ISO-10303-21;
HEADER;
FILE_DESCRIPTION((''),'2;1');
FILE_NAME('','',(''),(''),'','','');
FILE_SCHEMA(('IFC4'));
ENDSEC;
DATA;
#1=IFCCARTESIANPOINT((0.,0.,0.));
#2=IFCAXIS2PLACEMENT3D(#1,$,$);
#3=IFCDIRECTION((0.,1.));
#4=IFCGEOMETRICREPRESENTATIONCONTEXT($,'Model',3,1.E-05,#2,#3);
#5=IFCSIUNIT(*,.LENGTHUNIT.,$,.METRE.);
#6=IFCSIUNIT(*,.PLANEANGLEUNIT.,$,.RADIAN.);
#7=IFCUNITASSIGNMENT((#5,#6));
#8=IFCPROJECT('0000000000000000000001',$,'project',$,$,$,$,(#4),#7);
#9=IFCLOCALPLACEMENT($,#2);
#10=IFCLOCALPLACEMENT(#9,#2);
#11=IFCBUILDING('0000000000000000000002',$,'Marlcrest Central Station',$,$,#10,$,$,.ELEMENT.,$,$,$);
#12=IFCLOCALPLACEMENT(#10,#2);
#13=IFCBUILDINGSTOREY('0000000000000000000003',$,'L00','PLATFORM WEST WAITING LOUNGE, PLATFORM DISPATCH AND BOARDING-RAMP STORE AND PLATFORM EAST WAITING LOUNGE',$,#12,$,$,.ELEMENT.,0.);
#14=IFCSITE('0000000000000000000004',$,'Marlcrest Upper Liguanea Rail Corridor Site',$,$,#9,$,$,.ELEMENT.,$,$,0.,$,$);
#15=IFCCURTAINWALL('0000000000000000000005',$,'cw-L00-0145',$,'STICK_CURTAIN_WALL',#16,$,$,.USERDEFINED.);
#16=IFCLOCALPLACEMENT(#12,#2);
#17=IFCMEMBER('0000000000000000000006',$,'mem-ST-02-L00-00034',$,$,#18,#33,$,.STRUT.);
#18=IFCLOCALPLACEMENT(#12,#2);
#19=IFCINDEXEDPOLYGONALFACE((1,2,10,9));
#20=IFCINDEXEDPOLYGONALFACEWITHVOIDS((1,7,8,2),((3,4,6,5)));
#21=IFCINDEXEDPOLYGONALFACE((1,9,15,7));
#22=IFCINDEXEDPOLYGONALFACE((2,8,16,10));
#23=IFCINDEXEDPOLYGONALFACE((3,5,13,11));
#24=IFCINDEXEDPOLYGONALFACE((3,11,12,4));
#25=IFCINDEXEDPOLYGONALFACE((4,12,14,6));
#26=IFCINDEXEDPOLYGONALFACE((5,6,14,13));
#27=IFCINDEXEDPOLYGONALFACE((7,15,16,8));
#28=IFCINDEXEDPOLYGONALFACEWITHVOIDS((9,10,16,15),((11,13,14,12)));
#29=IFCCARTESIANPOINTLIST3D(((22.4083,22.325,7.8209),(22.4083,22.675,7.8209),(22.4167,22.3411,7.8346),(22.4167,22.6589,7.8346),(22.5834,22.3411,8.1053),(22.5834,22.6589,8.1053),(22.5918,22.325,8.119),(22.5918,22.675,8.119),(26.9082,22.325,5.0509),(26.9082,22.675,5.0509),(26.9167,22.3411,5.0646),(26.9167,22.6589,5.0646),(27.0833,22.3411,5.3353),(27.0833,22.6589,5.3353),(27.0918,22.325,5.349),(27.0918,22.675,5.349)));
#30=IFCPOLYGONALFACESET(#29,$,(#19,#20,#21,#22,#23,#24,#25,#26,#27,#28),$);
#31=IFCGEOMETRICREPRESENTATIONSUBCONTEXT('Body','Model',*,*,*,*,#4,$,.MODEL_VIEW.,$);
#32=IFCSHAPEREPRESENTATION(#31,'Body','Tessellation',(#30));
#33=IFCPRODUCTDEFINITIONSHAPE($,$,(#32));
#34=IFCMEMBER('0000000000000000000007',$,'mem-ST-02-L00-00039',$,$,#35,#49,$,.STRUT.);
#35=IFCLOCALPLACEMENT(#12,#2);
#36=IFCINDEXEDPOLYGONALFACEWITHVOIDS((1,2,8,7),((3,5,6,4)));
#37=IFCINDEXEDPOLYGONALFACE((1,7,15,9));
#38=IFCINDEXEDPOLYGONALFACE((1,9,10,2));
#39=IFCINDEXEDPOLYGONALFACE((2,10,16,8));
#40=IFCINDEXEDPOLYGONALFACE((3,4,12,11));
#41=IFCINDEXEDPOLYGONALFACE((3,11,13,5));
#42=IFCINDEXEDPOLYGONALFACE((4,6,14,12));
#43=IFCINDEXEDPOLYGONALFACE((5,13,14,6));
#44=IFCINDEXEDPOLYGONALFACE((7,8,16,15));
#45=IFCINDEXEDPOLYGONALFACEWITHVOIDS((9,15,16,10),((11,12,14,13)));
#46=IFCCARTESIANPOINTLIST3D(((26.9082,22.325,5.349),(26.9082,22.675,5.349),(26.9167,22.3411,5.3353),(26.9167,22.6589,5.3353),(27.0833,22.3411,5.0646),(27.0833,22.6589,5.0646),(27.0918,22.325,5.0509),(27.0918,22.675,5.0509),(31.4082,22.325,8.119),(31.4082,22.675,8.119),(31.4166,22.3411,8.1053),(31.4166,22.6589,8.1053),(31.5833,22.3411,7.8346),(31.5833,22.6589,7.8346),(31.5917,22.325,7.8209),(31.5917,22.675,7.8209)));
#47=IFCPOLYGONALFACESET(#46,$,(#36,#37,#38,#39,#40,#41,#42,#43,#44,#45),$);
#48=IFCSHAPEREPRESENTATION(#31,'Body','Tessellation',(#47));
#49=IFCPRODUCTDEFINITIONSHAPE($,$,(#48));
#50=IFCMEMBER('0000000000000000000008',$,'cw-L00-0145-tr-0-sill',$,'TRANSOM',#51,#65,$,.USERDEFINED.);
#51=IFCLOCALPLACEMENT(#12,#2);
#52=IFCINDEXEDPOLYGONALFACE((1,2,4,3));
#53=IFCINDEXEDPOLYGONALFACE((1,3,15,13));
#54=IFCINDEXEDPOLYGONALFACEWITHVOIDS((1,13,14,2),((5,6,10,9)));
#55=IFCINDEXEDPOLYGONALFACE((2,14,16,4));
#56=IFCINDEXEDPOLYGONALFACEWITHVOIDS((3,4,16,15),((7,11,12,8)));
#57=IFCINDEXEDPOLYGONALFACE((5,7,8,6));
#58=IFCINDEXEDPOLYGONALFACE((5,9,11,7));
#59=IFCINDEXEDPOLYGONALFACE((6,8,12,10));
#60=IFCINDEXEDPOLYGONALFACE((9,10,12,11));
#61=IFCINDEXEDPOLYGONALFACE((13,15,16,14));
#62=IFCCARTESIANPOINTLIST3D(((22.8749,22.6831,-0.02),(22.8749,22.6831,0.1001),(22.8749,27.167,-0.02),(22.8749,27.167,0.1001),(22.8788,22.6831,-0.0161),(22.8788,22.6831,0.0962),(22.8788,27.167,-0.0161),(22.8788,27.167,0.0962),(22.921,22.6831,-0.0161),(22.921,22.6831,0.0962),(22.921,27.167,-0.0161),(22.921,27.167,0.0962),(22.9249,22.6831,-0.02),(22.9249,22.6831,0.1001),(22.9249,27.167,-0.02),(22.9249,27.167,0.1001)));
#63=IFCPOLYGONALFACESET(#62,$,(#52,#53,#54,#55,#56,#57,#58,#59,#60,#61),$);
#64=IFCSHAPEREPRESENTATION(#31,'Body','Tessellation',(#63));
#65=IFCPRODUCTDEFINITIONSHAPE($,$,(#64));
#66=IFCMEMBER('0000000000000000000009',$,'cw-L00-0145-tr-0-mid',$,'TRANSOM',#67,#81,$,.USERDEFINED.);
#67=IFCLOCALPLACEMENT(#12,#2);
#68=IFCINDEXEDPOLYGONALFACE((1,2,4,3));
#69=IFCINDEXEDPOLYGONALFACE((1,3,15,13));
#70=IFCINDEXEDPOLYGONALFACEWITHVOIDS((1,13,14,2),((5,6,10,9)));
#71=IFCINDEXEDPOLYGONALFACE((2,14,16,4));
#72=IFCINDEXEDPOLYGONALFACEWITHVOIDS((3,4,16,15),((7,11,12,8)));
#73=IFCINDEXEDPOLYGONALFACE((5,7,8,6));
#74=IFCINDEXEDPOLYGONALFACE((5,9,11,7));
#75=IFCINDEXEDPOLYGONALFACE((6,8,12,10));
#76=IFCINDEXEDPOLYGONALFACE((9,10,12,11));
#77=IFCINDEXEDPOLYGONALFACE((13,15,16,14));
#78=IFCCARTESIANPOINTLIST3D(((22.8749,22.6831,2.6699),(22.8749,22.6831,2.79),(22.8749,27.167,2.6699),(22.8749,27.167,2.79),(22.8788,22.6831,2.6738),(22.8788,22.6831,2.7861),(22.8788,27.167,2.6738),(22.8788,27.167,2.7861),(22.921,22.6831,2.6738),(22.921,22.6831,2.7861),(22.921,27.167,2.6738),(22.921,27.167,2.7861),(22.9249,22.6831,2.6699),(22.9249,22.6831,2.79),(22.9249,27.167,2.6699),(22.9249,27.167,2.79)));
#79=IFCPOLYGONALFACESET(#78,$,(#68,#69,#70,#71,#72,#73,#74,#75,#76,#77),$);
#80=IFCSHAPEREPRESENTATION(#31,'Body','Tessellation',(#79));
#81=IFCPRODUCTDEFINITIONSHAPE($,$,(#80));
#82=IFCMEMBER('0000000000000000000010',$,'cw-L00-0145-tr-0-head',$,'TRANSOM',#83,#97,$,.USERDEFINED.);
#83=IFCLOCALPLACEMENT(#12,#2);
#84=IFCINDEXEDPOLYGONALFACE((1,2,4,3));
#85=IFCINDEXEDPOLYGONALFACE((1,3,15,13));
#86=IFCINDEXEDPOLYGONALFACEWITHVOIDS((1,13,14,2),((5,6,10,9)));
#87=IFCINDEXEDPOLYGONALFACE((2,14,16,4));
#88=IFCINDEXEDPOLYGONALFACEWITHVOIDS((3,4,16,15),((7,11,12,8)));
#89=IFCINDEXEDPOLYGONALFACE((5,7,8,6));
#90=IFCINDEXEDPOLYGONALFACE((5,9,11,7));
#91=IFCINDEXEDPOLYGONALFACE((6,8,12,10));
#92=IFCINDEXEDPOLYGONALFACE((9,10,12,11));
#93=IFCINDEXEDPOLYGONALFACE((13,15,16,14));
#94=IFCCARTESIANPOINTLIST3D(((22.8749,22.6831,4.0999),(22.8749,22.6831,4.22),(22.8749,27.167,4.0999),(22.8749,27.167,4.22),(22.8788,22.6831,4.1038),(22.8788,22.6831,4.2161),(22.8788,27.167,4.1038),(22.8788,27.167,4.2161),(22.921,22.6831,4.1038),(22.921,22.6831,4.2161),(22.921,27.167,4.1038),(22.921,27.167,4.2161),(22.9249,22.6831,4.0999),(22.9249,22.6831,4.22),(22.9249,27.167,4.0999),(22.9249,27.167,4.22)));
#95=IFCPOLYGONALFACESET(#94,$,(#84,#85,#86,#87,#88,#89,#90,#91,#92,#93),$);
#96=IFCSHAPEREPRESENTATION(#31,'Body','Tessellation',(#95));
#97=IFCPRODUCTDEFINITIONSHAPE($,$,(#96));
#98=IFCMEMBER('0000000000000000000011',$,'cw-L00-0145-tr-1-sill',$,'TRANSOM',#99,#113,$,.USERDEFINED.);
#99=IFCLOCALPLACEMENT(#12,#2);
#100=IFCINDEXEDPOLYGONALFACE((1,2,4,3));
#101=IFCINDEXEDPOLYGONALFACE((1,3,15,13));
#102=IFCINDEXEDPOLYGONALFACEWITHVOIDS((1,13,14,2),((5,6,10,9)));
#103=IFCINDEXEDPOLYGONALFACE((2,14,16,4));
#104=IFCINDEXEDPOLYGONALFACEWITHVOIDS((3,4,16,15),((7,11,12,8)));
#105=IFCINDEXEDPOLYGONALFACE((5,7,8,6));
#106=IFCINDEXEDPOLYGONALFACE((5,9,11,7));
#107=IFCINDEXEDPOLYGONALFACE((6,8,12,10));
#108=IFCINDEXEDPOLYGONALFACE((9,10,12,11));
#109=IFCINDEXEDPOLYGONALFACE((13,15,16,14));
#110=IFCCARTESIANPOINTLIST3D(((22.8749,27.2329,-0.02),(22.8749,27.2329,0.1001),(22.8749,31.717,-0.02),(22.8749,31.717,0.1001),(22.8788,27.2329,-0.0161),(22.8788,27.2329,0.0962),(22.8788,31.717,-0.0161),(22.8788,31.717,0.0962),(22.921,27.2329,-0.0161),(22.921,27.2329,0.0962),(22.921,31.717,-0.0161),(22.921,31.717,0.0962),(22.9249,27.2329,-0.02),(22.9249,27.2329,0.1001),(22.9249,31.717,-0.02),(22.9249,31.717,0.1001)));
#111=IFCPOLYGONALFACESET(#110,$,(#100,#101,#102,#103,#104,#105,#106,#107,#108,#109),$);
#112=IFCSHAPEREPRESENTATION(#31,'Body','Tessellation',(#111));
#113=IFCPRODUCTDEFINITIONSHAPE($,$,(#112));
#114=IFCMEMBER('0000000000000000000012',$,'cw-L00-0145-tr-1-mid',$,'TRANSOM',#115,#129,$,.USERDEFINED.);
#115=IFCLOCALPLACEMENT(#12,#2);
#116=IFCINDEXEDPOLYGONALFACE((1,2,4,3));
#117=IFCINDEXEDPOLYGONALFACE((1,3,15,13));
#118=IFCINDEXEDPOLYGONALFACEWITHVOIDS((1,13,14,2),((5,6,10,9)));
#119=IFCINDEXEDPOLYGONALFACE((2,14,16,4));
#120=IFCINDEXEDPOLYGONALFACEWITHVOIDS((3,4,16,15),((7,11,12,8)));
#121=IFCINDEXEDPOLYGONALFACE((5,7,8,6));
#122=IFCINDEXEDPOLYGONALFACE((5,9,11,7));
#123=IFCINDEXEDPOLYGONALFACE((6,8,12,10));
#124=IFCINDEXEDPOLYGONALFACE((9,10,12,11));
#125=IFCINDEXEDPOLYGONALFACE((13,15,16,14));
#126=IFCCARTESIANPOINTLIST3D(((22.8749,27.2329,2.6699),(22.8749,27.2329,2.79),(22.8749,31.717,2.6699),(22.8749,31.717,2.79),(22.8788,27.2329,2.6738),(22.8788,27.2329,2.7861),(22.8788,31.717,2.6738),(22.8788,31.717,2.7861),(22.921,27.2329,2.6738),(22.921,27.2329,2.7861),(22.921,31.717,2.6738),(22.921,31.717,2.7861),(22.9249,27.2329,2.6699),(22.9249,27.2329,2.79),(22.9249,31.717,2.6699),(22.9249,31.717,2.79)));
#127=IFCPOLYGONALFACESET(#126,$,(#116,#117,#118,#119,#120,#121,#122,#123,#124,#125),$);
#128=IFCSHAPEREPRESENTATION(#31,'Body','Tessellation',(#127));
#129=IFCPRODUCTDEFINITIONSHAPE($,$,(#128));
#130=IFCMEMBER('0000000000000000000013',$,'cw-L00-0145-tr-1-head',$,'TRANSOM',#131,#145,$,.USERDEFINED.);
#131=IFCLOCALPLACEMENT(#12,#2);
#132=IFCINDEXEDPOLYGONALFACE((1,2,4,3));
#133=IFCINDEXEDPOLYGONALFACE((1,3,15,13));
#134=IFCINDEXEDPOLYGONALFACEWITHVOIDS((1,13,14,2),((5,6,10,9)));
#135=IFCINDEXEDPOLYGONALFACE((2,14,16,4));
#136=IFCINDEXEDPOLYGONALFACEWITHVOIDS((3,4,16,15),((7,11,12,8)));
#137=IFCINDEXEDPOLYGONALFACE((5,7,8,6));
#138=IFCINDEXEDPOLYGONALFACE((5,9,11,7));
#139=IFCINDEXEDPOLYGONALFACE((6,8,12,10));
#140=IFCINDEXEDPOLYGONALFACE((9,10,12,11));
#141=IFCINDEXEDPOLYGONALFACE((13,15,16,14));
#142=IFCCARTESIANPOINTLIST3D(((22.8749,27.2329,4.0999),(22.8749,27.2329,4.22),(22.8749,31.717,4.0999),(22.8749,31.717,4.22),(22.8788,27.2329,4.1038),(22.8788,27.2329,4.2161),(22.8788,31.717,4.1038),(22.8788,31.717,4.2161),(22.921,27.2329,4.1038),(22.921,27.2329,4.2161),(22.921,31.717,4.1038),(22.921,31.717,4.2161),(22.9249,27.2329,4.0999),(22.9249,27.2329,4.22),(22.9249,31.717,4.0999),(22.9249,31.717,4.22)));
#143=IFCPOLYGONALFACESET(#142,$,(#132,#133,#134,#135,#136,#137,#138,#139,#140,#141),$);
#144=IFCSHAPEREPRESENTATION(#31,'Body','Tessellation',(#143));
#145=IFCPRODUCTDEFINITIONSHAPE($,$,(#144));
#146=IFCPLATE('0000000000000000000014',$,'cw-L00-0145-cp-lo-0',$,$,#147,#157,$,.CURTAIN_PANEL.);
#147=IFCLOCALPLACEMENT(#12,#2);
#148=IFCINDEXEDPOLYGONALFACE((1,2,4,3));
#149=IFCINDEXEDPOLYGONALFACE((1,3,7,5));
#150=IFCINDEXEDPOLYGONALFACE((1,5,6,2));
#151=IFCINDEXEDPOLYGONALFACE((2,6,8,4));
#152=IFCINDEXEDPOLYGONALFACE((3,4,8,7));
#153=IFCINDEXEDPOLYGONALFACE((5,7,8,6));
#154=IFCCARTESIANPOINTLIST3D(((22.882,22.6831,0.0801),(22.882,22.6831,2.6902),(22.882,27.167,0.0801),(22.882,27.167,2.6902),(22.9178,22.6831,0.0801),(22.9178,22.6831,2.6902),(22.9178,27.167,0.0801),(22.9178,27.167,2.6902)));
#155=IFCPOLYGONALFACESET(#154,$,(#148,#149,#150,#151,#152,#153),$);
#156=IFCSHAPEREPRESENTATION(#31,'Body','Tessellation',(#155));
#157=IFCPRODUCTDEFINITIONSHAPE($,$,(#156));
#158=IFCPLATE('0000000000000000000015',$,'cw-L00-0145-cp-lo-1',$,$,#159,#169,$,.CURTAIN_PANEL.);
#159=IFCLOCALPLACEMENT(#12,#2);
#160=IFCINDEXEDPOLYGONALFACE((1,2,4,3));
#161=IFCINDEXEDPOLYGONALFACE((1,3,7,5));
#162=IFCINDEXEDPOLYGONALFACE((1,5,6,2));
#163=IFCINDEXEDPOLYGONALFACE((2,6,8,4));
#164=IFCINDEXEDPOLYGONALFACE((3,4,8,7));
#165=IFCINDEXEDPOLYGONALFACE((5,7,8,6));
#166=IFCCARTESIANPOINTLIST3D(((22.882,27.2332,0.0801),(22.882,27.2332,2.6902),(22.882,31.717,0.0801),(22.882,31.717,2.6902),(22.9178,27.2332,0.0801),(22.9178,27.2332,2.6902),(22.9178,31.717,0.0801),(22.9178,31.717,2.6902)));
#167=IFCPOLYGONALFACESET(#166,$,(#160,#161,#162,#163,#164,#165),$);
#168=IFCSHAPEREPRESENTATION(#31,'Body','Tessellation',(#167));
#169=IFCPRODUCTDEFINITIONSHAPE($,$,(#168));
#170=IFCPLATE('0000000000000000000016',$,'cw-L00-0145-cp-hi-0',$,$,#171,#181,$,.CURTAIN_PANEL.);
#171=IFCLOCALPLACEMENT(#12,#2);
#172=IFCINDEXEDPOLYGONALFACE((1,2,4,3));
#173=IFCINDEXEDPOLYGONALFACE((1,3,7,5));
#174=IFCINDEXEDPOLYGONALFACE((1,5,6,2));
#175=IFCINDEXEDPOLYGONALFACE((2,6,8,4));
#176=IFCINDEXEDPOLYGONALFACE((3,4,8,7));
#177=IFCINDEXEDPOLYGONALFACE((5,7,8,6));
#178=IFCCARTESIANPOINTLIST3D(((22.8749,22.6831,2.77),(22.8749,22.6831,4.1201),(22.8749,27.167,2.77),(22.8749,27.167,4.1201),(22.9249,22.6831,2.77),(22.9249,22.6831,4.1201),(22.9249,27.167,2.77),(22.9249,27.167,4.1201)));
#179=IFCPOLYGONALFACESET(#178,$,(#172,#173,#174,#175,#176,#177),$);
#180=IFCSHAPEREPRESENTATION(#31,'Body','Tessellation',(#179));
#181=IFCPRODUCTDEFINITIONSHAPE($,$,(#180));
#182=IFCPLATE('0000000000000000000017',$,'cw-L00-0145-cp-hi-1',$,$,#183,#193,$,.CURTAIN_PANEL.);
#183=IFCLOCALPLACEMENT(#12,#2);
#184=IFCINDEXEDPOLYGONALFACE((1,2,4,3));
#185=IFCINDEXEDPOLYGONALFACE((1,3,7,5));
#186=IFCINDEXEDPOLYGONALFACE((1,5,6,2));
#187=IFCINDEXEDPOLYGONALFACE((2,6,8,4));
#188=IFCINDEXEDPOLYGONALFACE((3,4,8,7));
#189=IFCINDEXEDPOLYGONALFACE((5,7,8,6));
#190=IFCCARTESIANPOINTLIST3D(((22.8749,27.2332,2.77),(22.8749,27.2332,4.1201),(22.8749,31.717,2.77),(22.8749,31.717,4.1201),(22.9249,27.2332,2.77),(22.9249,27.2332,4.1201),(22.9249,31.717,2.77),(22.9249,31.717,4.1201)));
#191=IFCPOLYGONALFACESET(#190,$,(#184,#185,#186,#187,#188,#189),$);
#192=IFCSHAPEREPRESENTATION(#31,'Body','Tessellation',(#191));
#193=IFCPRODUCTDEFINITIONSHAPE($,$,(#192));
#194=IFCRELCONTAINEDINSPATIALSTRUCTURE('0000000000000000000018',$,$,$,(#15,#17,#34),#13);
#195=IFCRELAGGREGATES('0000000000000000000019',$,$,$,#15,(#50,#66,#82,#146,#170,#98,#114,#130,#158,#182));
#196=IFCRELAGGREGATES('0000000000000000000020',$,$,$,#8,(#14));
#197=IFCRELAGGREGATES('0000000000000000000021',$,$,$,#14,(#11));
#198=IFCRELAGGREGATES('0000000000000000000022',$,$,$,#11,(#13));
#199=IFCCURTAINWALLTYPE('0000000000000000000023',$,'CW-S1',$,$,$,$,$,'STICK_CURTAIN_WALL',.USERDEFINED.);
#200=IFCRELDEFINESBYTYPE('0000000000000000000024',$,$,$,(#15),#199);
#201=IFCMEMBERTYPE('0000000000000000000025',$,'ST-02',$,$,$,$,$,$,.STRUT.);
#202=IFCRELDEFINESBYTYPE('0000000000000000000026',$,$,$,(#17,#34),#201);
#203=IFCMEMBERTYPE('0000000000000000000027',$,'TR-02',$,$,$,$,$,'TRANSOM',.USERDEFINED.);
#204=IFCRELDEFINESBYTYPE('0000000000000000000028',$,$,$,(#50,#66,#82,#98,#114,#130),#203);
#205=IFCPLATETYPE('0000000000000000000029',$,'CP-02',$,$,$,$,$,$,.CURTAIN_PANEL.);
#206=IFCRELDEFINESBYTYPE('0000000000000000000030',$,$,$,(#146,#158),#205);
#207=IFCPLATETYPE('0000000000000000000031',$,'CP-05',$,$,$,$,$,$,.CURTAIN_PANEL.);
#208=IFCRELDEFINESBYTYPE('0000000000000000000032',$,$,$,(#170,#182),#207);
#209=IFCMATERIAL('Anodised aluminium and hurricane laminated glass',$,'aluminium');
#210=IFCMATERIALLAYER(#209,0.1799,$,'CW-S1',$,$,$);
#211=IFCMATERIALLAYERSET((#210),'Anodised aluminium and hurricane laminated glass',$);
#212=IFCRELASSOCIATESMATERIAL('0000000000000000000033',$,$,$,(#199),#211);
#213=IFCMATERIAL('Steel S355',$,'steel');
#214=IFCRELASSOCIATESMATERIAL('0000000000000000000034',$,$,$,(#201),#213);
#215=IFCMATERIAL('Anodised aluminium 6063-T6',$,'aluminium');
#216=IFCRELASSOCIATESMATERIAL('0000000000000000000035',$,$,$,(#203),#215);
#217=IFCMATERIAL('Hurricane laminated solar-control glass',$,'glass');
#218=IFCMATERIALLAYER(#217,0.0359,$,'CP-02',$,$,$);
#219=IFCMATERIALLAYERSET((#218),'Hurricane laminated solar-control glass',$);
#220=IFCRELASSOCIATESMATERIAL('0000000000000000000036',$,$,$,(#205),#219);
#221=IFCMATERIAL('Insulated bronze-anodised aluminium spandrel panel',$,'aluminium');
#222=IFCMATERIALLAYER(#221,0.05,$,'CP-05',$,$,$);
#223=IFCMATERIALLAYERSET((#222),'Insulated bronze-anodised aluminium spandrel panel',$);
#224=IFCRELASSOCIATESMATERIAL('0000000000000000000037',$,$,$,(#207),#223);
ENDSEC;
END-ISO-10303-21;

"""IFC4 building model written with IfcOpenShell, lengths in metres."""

from ifc_helpers import new_model, si_unit, direction, frame, origin, origin_2d, place, context, subcontext, project, spatial, rectangle, hollow_rectangle, extrude, material, layer, layer_set, material_profile, profile_set, type_object, element, aggregate, save


model = new_model("IFC4")

# Units and contexts
model_context = context("Model", 3, precision=1e-05, world=origin(), true_north=direction((0.0, 1.0)))
body_context = subcontext(model_context, "Body", "Model", "MODEL_VIEW")
ifc_project = project(units=[si_unit("LENGTHUNIT", "METRE"), si_unit("PLANEANGLEUNIT", "RADIAN")], contexts=[model_context])

# Site, building, storey
site_placement = place(None, origin())
site = spatial("IfcSite", under=ifc_project, at=site_placement, Name="Marlcrest Upper Liguanea Rail Corridor Site", CompositionType="ELEMENT", RefElevation=0.0)
building_placement = place(site_placement, origin())
building = spatial("IfcBuilding", under=site, at=building_placement, Name="Marlcrest Central Station", CompositionType="ELEMENT")
storey_placement = place(building_placement, origin())
storey = spatial("IfcBuildingStorey", under=building, at=storey_placement, Name="L00", Description="PLATFORM WEST WAITING LOUNGE, PLATFORM DISPATCH AND BOARDING-RAMP STORE AND PLATFORM EAST WAITING LOUNGE", CompositionType="ELEMENT", Elevation=0.0)

# Curtain wall
ifc_material_1 = material(Name="Anodised aluminium and hurricane laminated glass", Category="aluminium")
ifc_layer_1 = layer(ifc_material_1, 0.1799, Name="CW-S1")
ifc_layer_set_1 = layer_set([ifc_layer_1], Name="Anodised aluminium and hurricane laminated glass")
curtain_wall_type = type_object("IfcCurtainWallType", Name="CW-S1", ElementType="STICK_CURTAIN_WALL", PredefinedType="USERDEFINED", material=ifc_layer_set_1)
curtain_wall_placement = place(storey_placement, origin())
curtain_wall = element("IfcCurtainWall", 1, at=curtain_wall_placement, inside=storey, type_object=curtain_wall_type, Name="cw-L00-0145", ObjectType="STICK_CURTAIN_WALL", PredefinedType="USERDEFINED")
ifc_material_2 = material(Name="Anodised aluminium 6063-T6", Category="aluminium")

# Members
ifc_material_3 = material(Name="Steel S355", Category="steel")
ifc_material_profile_1 = material_profile(ifc_material_3, hollow_rectangle(XDim=0.3501, YDim=0.3501, WallThickness=0.0161, at=origin_2d()), Name="SHS 350x350x16")
ifc_profile_set_1 = profile_set([ifc_material_profile_1], Name="Steel S355")
member_type_1 = type_object("IfcMemberType", Name="ST-02", PredefinedType="STRUT", material=ifc_profile_set_1)
for number, where, z_axis, x_axis, name in (
    (2, (27.0, 22.5, 5.2), (-0.851592, 0.0, 0.524206), (0.0, -1.0, 0.0), "mem-ST-02-L00-00034"),
    (3, (27.0, 22.5, 5.2), (0.851592, 0.0, 0.524206), (0.0, 1.0, 0.0), "mem-ST-02-L00-00039"),
):
    element("IfcMember", number, at=place(storey_placement, frame(where, z_axis=z_axis, x_axis=x_axis)), inside=storey, type_object=member_type_1, Name=name, PredefinedType="STRUT", context=body_context, shape_type="SweptSolid", body=[
        extrude(hollow_rectangle(XDim=0.3501, YDim=0.3501, WallThickness=0.0161, at=origin_2d()), origin(), (0.0, 0.0, 1.0), 5.2842),
    ])

# Members
ifc_material_profile_2 = material_profile(ifc_material_2, hollow_rectangle(XDim=0.05, YDim=0.1201, WallThickness=0.0039, at=origin_2d()), Name="AA-RHS 120x50x4")
ifc_profile_set_2 = profile_set([ifc_material_profile_2], Name="Anodised aluminium 6063-T6")
member_type_2 = type_object("IfcMemberType", Name="TR-02", ElementType="TRANSOM", PredefinedType="USERDEFINED", material=ifc_profile_set_2)
member_1_placement = place(storey_placement, frame((22.8999, 22.6831, 0.04), z_axis=(0.0, 1.0, 0.0), x_axis=(-1.0, 0.0, 0.0)))
member_1 = element("IfcMember", 4, at=member_1_placement, type_object=member_type_2, Name="cw-L00-0145-tr-0-sill", ObjectType="TRANSOM", PredefinedType="USERDEFINED", context=body_context, shape_type="SweptSolid", body=[
    extrude(hollow_rectangle(XDim=0.05, YDim=0.1201, WallThickness=0.0039, at=origin_2d()), origin(), (0.0, 0.0, 1.0), 4.4839),
])
member_2_placement = place(storey_placement, frame((22.8999, 22.6831, 2.73), z_axis=(0.0, 1.0, 0.0), x_axis=(-1.0, 0.0, 0.0)))
member_2 = element("IfcMember", 5, at=member_2_placement, type_object=member_type_2, Name="cw-L00-0145-tr-0-mid", ObjectType="TRANSOM", PredefinedType="USERDEFINED", context=body_context, shape_type="SweptSolid", body=[
    extrude(hollow_rectangle(XDim=0.05, YDim=0.1201, WallThickness=0.0039, at=origin_2d()), origin(), (0.0, 0.0, 1.0), 4.4839),
])
member_3_placement = place(storey_placement, frame((22.8999, 22.6831, 4.1599), z_axis=(0.0, 1.0, 0.0), x_axis=(-1.0, 0.0, 0.0)))
member_3 = element("IfcMember", 6, at=member_3_placement, type_object=member_type_2, Name="cw-L00-0145-tr-0-head", ObjectType="TRANSOM", PredefinedType="USERDEFINED", context=body_context, shape_type="SweptSolid", body=[
    extrude(hollow_rectangle(XDim=0.05, YDim=0.1201, WallThickness=0.0039, at=origin_2d()), origin(), (0.0, 0.0, 1.0), 4.4839),
])
member_4_placement = place(storey_placement, frame((22.8999, 27.2329, 0.04), z_axis=(0.0, 1.0, 0.0), x_axis=(-1.0, 0.0, 0.0)))
member_4 = element("IfcMember", 7, at=member_4_placement, type_object=member_type_2, Name="cw-L00-0145-tr-1-sill", ObjectType="TRANSOM", PredefinedType="USERDEFINED", context=body_context, shape_type="SweptSolid", body=[
    extrude(hollow_rectangle(XDim=0.05, YDim=0.1201, WallThickness=0.0039, at=origin_2d()), origin(), (0.0, 0.0, 1.0), 4.4841),
])
member_5_placement = place(storey_placement, frame((22.8999, 27.2329, 2.73), z_axis=(0.0, 1.0, 0.0), x_axis=(-1.0, 0.0, 0.0)))
member_5 = element("IfcMember", 8, at=member_5_placement, type_object=member_type_2, Name="cw-L00-0145-tr-1-mid", ObjectType="TRANSOM", PredefinedType="USERDEFINED", context=body_context, shape_type="SweptSolid", body=[
    extrude(hollow_rectangle(XDim=0.05, YDim=0.1201, WallThickness=0.0039, at=origin_2d()), origin(), (0.0, 0.0, 1.0), 4.4841),
])
member_6_placement = place(storey_placement, frame((22.8999, 27.2329, 4.1599), z_axis=(0.0, 1.0, 0.0), x_axis=(-1.0, 0.0, 0.0)))
member_6 = element("IfcMember", 9, at=member_6_placement, type_object=member_type_2, Name="cw-L00-0145-tr-1-head", ObjectType="TRANSOM", PredefinedType="USERDEFINED", context=body_context, shape_type="SweptSolid", body=[
    extrude(hollow_rectangle(XDim=0.05, YDim=0.1201, WallThickness=0.0039, at=origin_2d()), origin(), (0.0, 0.0, 1.0), 4.4841),
])

# Plates
ifc_material_4 = material(Name="Hurricane laminated solar-control glass", Category="glass")
ifc_layer_2 = layer(ifc_material_4, 0.0359, Name="CP-02")
ifc_layer_set_2 = layer_set([ifc_layer_2], Name="Hurricane laminated solar-control glass")
plate_type_1 = type_object("IfcPlateType", Name="CP-02", PredefinedType="CURTAIN_PANEL", material=ifc_layer_set_2)
plate_1_placement = place(storey_placement, frame((22.8999, 24.925, 0.0801), z_axis=(0.0, 0.0, 1.0), x_axis=(0.0, 1.0, 0.0)))
plate_1 = element("IfcPlate", 10, at=plate_1_placement, type_object=plate_type_1, Name="cw-L00-0145-cp-lo-0", PredefinedType="CURTAIN_PANEL", context=body_context, shape_type="SweptSolid", body=[
    extrude(rectangle(XDim=4.4839, YDim=0.0359, at=origin_2d()), origin(), (0.0, 0.0, 1.0), 2.6101),
])
plate_2_placement = place(storey_placement, frame((22.8999, 29.4751, 0.0801), z_axis=(0.0, 0.0, 1.0), x_axis=(0.0, 1.0, 0.0)))
plate_2 = element("IfcPlate", 11, at=plate_2_placement, type_object=plate_type_1, Name="cw-L00-0145-cp-lo-1", PredefinedType="CURTAIN_PANEL", context=body_context, shape_type="SweptSolid", body=[
    extrude(rectangle(XDim=4.4839, YDim=0.0359, at=origin_2d()), origin(), (0.0, 0.0, 1.0), 2.6101),
])
ifc_material_5 = material(Name="Insulated bronze-anodised aluminium spandrel panel", Category="aluminium")
ifc_layer_3 = layer(ifc_material_5, 0.05, Name="CP-05")
ifc_layer_set_3 = layer_set([ifc_layer_3], Name="Insulated bronze-anodised aluminium spandrel panel")
plate_type_2 = type_object("IfcPlateType", Name="CP-05", PredefinedType="CURTAIN_PANEL", material=ifc_layer_set_3)
plate_3_placement = place(storey_placement, frame((22.8999, 24.925, 2.77), z_axis=(0.0, 0.0, 1.0), x_axis=(0.0, 1.0, 0.0)))
plate_3 = element("IfcPlate", 12, at=plate_3_placement, type_object=plate_type_2, Name="cw-L00-0145-cp-hi-0", PredefinedType="CURTAIN_PANEL", context=body_context, shape_type="SweptSolid", body=[
    extrude(rectangle(XDim=4.4839, YDim=0.05, at=origin_2d()), origin(), (0.0, 0.0, 1.0), 1.3501),
])
plate_4_placement = place(storey_placement, frame((22.8999, 29.4751, 2.77), z_axis=(0.0, 0.0, 1.0), x_axis=(0.0, 1.0, 0.0)))
plate_4 = element("IfcPlate", 13, at=plate_4_placement, type_object=plate_type_2, Name="cw-L00-0145-cp-hi-1", PredefinedType="CURTAIN_PANEL", context=body_context, shape_type="SweptSolid", body=[
    extrude(rectangle(XDim=4.4839, YDim=0.05, at=origin_2d()), origin(), (0.0, 0.0, 1.0), 1.3501),
])
aggregate(curtain_wall, [member_1, member_2, member_3, plate_1, plate_3, member_4, member_5, member_6, plate_2, plate_4])

save(model, "model.ifc")
